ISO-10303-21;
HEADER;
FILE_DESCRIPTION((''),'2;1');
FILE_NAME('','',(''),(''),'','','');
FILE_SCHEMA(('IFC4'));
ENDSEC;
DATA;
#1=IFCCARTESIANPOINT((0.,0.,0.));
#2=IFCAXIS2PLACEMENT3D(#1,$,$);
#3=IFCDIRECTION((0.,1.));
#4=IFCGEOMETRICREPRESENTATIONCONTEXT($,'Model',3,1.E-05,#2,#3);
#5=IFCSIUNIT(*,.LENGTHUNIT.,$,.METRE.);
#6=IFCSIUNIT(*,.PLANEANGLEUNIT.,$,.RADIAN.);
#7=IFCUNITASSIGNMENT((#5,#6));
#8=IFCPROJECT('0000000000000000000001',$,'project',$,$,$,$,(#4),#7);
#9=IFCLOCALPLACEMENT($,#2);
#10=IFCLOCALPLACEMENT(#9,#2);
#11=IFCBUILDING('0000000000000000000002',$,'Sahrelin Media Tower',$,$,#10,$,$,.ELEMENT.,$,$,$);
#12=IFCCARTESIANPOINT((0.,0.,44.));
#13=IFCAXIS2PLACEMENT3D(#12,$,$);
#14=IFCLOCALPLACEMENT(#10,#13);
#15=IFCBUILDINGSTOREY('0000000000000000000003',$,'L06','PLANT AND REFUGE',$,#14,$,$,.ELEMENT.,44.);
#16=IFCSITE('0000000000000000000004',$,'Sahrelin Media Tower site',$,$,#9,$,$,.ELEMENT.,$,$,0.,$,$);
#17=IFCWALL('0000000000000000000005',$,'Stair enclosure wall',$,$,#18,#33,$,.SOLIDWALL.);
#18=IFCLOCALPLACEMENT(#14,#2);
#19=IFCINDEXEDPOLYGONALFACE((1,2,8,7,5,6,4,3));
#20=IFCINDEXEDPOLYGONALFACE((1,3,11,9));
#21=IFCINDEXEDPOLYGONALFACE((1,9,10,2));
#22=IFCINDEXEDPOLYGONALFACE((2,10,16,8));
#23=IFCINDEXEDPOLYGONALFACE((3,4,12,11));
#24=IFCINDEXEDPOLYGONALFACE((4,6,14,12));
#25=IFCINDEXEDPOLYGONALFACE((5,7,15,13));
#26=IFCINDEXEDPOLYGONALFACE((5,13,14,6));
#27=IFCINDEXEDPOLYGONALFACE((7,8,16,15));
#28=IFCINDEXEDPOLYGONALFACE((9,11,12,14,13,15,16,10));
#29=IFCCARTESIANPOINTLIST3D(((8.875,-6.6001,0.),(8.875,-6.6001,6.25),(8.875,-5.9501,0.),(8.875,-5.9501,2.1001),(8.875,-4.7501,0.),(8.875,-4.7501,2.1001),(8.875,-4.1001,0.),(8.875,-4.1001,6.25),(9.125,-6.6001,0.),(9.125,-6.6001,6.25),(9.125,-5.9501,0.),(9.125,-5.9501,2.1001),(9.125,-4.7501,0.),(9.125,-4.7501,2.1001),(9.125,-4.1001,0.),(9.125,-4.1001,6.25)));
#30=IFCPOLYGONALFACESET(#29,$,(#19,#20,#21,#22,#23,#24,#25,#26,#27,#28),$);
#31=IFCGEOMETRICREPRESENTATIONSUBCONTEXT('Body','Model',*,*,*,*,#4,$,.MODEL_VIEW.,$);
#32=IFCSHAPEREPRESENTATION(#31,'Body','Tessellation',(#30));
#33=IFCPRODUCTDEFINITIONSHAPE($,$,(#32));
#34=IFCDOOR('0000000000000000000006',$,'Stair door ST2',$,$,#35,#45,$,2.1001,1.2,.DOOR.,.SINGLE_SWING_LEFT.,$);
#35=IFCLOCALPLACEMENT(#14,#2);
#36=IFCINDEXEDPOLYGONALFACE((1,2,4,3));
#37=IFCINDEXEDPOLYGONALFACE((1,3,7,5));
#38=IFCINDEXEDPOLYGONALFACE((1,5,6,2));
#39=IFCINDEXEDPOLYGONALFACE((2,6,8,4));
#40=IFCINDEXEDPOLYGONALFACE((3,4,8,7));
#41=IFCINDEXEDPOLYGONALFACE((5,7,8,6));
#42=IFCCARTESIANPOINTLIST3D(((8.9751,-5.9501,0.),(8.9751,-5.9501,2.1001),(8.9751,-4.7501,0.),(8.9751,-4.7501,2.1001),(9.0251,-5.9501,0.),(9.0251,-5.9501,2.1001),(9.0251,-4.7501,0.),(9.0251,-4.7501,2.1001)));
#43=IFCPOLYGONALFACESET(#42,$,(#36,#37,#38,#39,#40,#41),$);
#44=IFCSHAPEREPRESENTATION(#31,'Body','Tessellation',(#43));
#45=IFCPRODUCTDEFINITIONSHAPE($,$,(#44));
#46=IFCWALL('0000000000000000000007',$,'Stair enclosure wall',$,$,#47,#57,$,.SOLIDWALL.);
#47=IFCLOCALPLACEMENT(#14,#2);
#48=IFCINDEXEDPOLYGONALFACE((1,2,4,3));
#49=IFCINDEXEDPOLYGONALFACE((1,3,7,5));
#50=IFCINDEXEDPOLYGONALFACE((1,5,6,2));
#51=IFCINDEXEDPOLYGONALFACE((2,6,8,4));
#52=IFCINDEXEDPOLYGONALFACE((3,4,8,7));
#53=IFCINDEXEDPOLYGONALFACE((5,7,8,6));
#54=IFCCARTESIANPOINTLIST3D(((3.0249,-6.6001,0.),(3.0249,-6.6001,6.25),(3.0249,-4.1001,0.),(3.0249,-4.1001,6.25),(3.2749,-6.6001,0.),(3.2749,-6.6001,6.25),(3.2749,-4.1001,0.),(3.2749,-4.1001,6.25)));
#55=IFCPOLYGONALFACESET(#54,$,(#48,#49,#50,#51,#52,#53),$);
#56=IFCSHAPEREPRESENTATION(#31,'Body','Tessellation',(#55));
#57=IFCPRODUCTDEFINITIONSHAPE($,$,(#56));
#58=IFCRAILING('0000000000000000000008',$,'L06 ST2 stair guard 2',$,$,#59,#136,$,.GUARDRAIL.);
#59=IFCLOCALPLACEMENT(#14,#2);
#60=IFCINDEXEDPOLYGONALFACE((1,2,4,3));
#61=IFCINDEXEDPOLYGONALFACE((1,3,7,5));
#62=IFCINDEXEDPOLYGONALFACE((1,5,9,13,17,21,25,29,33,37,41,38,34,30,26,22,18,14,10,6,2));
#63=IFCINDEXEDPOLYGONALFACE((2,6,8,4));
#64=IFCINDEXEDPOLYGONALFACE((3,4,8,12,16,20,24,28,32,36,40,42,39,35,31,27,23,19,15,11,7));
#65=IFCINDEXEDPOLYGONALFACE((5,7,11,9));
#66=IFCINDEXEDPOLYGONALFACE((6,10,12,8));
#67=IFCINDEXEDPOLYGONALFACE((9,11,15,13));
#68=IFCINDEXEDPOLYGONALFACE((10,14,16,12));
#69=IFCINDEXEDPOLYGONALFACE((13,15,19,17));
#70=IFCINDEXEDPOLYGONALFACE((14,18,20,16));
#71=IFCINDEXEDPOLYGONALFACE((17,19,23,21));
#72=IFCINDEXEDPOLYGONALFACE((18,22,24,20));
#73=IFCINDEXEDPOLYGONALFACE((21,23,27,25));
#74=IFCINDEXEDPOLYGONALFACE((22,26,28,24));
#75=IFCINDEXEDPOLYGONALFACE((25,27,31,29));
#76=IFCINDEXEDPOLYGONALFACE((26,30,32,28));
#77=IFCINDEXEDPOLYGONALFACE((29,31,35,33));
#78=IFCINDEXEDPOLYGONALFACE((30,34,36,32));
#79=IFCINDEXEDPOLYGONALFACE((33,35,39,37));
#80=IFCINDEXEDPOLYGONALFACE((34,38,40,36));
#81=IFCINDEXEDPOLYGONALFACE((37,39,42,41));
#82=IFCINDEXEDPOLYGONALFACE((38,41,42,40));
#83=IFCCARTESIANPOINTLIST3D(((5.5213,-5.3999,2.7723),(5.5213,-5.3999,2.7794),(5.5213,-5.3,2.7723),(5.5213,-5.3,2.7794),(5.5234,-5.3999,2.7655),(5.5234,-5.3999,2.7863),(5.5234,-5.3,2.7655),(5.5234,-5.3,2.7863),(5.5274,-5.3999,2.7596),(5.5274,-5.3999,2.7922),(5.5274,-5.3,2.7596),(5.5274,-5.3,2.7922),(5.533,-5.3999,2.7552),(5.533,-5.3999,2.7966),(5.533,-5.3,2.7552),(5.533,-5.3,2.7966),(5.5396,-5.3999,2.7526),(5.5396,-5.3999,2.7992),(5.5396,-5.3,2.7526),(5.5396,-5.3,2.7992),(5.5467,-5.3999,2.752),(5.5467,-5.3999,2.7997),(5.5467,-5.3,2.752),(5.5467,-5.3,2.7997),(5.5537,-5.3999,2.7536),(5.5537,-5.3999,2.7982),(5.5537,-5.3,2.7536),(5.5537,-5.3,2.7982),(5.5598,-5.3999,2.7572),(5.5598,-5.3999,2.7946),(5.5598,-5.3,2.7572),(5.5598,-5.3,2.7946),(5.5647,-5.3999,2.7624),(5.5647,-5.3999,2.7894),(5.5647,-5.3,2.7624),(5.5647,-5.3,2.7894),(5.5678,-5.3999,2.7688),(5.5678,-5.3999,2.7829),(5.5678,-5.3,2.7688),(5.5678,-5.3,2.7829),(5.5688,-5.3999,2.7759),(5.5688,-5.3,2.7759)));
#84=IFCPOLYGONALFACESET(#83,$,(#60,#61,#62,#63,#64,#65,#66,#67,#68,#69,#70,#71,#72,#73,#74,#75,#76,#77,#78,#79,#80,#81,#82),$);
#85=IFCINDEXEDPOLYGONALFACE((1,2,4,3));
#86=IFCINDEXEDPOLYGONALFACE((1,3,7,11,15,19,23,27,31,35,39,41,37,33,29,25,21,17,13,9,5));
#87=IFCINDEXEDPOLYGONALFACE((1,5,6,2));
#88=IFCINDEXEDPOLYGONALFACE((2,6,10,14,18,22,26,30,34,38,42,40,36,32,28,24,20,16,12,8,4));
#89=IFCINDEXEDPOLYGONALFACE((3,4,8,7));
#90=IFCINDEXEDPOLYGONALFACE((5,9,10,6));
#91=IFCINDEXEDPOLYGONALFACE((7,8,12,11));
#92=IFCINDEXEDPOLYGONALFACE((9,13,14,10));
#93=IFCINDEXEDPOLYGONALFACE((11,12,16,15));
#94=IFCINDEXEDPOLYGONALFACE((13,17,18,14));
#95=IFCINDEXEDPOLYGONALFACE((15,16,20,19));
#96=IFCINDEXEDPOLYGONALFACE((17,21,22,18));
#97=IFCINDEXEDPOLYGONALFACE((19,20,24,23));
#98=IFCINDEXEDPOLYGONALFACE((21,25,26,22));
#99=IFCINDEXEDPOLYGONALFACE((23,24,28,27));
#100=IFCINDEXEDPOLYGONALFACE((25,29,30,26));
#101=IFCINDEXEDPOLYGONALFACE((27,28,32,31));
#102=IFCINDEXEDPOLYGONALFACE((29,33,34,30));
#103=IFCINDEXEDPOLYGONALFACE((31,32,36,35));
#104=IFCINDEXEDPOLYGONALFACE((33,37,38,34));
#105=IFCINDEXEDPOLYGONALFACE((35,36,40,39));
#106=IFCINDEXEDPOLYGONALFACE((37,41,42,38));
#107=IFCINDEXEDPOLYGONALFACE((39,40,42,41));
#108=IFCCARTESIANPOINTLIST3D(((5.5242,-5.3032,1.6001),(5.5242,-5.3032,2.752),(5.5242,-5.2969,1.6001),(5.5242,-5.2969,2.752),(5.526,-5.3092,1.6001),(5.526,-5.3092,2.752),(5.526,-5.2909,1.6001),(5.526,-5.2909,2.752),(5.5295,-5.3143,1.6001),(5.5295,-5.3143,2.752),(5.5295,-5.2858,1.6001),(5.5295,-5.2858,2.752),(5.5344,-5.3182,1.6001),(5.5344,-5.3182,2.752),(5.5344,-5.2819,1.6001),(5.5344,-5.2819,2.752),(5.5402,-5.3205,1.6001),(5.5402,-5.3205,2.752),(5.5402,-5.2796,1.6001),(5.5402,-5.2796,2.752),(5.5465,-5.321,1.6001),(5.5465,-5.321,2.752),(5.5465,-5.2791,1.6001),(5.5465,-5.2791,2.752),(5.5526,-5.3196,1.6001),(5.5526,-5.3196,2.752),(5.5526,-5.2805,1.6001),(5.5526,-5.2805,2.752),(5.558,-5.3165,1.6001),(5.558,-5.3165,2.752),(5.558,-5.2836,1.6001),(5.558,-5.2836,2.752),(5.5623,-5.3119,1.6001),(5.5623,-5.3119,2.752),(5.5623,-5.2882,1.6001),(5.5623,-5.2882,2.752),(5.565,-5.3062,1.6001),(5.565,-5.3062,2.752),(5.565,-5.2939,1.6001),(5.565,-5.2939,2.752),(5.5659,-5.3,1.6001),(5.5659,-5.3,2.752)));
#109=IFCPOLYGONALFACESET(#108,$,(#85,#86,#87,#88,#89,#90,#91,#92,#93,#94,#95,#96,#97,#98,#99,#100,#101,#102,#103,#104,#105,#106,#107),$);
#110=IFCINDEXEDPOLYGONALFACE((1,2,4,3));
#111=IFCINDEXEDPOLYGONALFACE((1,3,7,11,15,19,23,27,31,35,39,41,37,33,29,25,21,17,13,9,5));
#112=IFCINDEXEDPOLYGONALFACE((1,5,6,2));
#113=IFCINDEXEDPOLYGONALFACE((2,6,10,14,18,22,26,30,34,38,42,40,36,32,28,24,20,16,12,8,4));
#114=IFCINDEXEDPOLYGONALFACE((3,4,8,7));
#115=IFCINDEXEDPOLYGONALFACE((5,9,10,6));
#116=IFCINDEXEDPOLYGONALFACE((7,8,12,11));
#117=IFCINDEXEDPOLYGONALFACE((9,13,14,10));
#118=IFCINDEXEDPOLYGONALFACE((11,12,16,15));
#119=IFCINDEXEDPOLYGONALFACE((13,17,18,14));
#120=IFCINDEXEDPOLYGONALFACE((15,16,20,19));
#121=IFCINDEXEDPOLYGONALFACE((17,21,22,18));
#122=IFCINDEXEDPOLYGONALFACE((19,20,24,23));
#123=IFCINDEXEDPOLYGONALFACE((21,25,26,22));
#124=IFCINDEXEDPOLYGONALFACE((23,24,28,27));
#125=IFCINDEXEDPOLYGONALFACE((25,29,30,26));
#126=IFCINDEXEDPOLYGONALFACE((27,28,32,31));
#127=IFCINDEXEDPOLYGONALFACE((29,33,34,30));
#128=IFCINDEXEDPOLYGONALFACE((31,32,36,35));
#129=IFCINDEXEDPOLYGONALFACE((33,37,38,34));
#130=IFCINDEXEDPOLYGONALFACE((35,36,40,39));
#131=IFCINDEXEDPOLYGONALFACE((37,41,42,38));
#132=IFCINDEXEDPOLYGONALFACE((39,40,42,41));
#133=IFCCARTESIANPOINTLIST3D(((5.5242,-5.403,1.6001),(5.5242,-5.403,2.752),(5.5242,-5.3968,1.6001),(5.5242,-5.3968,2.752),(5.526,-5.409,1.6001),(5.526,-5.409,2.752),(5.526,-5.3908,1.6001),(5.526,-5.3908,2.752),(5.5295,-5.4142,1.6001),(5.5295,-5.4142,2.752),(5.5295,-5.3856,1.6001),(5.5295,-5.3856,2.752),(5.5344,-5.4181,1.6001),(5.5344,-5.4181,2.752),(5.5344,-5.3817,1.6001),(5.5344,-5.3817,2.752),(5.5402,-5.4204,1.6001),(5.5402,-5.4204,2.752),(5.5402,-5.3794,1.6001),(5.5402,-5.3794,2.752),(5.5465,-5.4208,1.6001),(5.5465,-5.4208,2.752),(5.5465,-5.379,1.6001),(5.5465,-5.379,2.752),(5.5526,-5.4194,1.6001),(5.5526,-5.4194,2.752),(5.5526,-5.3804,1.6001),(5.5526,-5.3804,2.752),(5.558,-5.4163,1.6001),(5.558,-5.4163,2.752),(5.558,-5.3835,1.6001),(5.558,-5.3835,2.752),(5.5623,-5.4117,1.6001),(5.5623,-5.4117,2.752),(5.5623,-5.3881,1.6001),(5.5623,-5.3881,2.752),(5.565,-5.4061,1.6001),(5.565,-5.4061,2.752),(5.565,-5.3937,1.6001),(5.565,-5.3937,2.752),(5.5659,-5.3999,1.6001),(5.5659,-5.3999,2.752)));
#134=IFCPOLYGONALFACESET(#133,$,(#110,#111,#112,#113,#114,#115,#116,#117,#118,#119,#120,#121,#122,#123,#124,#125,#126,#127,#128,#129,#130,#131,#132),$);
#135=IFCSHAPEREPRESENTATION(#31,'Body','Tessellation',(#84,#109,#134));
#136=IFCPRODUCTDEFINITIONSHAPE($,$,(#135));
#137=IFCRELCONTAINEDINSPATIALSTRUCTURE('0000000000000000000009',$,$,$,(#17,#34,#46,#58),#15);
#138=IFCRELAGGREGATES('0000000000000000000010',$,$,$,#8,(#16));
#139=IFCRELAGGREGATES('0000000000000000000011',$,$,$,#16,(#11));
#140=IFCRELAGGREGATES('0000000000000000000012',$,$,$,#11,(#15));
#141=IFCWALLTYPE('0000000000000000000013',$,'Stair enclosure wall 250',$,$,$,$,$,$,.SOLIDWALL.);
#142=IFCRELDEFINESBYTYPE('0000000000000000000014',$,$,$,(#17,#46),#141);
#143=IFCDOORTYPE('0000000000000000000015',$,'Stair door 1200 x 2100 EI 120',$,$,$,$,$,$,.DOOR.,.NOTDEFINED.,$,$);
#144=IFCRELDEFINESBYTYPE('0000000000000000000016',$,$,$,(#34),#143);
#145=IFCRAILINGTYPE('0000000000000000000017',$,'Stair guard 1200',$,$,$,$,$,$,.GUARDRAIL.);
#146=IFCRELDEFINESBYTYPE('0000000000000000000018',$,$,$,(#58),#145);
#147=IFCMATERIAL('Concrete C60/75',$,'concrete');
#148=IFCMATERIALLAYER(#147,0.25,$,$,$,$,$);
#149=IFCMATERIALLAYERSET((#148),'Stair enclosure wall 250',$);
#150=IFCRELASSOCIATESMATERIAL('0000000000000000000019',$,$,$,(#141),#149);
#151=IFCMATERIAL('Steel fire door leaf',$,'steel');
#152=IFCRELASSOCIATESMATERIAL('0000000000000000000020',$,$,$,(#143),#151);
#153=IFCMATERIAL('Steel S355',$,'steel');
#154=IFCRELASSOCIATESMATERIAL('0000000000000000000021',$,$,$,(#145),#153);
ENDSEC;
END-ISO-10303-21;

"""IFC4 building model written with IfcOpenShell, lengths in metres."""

from ifc_helpers import new_model, si_unit, direction, frame, frame_2d, origin, origin_2d, place, context, subcontext, project, spatial, rectangle, circle, extrude, material, layer, layer_set, type_object, element, fill, save


model = new_model("IFC4")

# Units and contexts
model_context = context("Model", 3, precision=1e-05, world=origin(), true_north=direction((0.0, 1.0)))
body_context = subcontext(model_context, "Body", "Model", "MODEL_VIEW")
ifc_project = project(units=[si_unit("LENGTHUNIT", "METRE"), si_unit("PLANEANGLEUNIT", "RADIAN")], contexts=[model_context])

# Site, building, storey
site_placement = place(None, origin())
site = spatial("IfcSite", under=ifc_project, at=site_placement, Name="Sahrelin Media Tower site", CompositionType="ELEMENT", RefElevation=0.0)
building_placement = place(site_placement, origin())
building = spatial("IfcBuilding", under=site, at=building_placement, Name="Sahrelin Media Tower", CompositionType="ELEMENT")
storey_placement = place(building_placement, frame((0.0, 0.0, 44.0)))
storey = spatial("IfcBuildingStorey", under=building, at=storey_placement, Name="L06", Description="PLANT AND REFUGE", CompositionType="ELEMENT", Elevation=44.0)

# Shared definitions
ifc_material_1 = material(Name="Steel S355", Category="steel")

# Shared definitions
ifc_material_2 = material(Name="Steel fire door leaf", Category="steel")

# Wall, opening, door
ifc_material_3 = material(Name="Concrete C60/75", Category="concrete")
ifc_layer_1 = layer(ifc_material_3, 0.25)
ifc_layer_set_1 = layer_set([ifc_layer_1], Name="Stair enclosure wall 250")
wall_type_1 = type_object("IfcWallType", Name="Stair enclosure wall 250", PredefinedType="SOLIDWALL", material=ifc_layer_set_1)
wall_1_placement = place(storey_placement, frame((9.0, -6.6001, 0.0), z_axis=(0.0, 0.0, 1.0), x_axis=(0.0, 1.0, 0.0)))
wall_1 = element("IfcWall", 1, at=wall_1_placement, inside=storey, type_object=wall_type_1, Name="Stair enclosure wall", PredefinedType="SOLIDWALL", context=body_context, shape_type="SweptSolid", body=[
    extrude(rectangle(XDim=2.5, YDim=0.25, at=frame_2d((1.25, 0.0))), origin(), (0.0, 0.0, 1.0), 6.25),
])
opening_1_placement = place(wall_1_placement, frame((0.6499, 0.0, 0.0)))
opening_1 = element("IfcOpeningElement", 2, at=opening_1_placement, cuts=wall_1, PredefinedType="OPENING", context=body_context, shape_type="SweptSolid", body=[
    extrude(rectangle(XDim=1.2, YDim=2.1001, at=frame_2d((0.6001, 1.05))), frame((0.0, 0.125, 0.0), z_axis=(0.0, -1.0, 0.0), x_axis=(1.0, 0.0, 0.0)), (0.0, 0.0, 1.0), 0.25),
])
door_type_1 = type_object("IfcDoorType", Name="Stair door 1200 x 2100 EI 120", OperationType="NOTDEFINED", PredefinedType="DOOR", material=ifc_material_2)
door_1_placement = place(opening_1_placement, origin())
door_1 = element("IfcDoor", 3, at=door_1_placement, inside=storey, type_object=door_type_1, Name="Stair door ST2", OperationType="SINGLE_SWING_LEFT", OverallHeight=2.1001, OverallWidth=1.2, PredefinedType="DOOR", context=body_context, shape_type="SweptSolid", body=[
    extrude(rectangle(XDim=1.2, YDim=2.1001, at=frame_2d((0.6001, 1.05))), frame((0.0, 0.0249, 0.0), z_axis=(0.0, -1.0, 0.0), x_axis=(1.0, 0.0, 0.0)), (0.0, 0.0, 1.0), 0.05),
])
fill(opening_1, door_1)

# Wall
wall_2_placement = place(storey_placement, frame((3.1499, -6.6001, 0.0), z_axis=(0.0, 0.0, 1.0), x_axis=(0.0, 1.0, 0.0)))
element("IfcWall", 4, at=wall_2_placement, inside=storey, type_object=wall_type_1, Name="Stair enclosure wall", PredefinedType="SOLIDWALL", context=body_context, shape_type="SweptSolid", body=[
    extrude(rectangle(XDim=2.5, YDim=0.25, at=frame_2d((1.25, 0.0))), origin(), (0.0, 0.0, 1.0), 6.25),
])

# Railing
railing_type_1 = type_object("IfcRailingType", Name="Stair guard 1200", PredefinedType="GUARDRAIL", material=ifc_material_1)
railing_1_placement = place(storey_placement, frame((5.5449, -5.3, 1.6001)))
element("IfcRailing", 5, at=railing_1_placement, inside=storey, type_object=railing_type_1, Name="L06 ST2 stair guard 2", PredefinedType="GUARDRAIL", context=body_context, shape_type="SweptSolid", body=[
    extrude(circle(Radius=0.0239, at=origin_2d()), frame((0.0, 0.0, 1.1758), z_axis=(0.0, -1.0, 0.0), x_axis=(1.0, 0.0, 0.0)), (0.0, 0.0, 1.0), 0.0999),
    extrude(circle(Radius=0.021, at=origin_2d()), origin(), (0.0, 0.0, 1.0), 1.1519),
    extrude(circle(Radius=0.021, at=origin_2d()), frame((0.0, -0.0999, 0.0)), (0.0, 0.0, 1.0), 1.1519),
])

save(model, "model.ifc")
